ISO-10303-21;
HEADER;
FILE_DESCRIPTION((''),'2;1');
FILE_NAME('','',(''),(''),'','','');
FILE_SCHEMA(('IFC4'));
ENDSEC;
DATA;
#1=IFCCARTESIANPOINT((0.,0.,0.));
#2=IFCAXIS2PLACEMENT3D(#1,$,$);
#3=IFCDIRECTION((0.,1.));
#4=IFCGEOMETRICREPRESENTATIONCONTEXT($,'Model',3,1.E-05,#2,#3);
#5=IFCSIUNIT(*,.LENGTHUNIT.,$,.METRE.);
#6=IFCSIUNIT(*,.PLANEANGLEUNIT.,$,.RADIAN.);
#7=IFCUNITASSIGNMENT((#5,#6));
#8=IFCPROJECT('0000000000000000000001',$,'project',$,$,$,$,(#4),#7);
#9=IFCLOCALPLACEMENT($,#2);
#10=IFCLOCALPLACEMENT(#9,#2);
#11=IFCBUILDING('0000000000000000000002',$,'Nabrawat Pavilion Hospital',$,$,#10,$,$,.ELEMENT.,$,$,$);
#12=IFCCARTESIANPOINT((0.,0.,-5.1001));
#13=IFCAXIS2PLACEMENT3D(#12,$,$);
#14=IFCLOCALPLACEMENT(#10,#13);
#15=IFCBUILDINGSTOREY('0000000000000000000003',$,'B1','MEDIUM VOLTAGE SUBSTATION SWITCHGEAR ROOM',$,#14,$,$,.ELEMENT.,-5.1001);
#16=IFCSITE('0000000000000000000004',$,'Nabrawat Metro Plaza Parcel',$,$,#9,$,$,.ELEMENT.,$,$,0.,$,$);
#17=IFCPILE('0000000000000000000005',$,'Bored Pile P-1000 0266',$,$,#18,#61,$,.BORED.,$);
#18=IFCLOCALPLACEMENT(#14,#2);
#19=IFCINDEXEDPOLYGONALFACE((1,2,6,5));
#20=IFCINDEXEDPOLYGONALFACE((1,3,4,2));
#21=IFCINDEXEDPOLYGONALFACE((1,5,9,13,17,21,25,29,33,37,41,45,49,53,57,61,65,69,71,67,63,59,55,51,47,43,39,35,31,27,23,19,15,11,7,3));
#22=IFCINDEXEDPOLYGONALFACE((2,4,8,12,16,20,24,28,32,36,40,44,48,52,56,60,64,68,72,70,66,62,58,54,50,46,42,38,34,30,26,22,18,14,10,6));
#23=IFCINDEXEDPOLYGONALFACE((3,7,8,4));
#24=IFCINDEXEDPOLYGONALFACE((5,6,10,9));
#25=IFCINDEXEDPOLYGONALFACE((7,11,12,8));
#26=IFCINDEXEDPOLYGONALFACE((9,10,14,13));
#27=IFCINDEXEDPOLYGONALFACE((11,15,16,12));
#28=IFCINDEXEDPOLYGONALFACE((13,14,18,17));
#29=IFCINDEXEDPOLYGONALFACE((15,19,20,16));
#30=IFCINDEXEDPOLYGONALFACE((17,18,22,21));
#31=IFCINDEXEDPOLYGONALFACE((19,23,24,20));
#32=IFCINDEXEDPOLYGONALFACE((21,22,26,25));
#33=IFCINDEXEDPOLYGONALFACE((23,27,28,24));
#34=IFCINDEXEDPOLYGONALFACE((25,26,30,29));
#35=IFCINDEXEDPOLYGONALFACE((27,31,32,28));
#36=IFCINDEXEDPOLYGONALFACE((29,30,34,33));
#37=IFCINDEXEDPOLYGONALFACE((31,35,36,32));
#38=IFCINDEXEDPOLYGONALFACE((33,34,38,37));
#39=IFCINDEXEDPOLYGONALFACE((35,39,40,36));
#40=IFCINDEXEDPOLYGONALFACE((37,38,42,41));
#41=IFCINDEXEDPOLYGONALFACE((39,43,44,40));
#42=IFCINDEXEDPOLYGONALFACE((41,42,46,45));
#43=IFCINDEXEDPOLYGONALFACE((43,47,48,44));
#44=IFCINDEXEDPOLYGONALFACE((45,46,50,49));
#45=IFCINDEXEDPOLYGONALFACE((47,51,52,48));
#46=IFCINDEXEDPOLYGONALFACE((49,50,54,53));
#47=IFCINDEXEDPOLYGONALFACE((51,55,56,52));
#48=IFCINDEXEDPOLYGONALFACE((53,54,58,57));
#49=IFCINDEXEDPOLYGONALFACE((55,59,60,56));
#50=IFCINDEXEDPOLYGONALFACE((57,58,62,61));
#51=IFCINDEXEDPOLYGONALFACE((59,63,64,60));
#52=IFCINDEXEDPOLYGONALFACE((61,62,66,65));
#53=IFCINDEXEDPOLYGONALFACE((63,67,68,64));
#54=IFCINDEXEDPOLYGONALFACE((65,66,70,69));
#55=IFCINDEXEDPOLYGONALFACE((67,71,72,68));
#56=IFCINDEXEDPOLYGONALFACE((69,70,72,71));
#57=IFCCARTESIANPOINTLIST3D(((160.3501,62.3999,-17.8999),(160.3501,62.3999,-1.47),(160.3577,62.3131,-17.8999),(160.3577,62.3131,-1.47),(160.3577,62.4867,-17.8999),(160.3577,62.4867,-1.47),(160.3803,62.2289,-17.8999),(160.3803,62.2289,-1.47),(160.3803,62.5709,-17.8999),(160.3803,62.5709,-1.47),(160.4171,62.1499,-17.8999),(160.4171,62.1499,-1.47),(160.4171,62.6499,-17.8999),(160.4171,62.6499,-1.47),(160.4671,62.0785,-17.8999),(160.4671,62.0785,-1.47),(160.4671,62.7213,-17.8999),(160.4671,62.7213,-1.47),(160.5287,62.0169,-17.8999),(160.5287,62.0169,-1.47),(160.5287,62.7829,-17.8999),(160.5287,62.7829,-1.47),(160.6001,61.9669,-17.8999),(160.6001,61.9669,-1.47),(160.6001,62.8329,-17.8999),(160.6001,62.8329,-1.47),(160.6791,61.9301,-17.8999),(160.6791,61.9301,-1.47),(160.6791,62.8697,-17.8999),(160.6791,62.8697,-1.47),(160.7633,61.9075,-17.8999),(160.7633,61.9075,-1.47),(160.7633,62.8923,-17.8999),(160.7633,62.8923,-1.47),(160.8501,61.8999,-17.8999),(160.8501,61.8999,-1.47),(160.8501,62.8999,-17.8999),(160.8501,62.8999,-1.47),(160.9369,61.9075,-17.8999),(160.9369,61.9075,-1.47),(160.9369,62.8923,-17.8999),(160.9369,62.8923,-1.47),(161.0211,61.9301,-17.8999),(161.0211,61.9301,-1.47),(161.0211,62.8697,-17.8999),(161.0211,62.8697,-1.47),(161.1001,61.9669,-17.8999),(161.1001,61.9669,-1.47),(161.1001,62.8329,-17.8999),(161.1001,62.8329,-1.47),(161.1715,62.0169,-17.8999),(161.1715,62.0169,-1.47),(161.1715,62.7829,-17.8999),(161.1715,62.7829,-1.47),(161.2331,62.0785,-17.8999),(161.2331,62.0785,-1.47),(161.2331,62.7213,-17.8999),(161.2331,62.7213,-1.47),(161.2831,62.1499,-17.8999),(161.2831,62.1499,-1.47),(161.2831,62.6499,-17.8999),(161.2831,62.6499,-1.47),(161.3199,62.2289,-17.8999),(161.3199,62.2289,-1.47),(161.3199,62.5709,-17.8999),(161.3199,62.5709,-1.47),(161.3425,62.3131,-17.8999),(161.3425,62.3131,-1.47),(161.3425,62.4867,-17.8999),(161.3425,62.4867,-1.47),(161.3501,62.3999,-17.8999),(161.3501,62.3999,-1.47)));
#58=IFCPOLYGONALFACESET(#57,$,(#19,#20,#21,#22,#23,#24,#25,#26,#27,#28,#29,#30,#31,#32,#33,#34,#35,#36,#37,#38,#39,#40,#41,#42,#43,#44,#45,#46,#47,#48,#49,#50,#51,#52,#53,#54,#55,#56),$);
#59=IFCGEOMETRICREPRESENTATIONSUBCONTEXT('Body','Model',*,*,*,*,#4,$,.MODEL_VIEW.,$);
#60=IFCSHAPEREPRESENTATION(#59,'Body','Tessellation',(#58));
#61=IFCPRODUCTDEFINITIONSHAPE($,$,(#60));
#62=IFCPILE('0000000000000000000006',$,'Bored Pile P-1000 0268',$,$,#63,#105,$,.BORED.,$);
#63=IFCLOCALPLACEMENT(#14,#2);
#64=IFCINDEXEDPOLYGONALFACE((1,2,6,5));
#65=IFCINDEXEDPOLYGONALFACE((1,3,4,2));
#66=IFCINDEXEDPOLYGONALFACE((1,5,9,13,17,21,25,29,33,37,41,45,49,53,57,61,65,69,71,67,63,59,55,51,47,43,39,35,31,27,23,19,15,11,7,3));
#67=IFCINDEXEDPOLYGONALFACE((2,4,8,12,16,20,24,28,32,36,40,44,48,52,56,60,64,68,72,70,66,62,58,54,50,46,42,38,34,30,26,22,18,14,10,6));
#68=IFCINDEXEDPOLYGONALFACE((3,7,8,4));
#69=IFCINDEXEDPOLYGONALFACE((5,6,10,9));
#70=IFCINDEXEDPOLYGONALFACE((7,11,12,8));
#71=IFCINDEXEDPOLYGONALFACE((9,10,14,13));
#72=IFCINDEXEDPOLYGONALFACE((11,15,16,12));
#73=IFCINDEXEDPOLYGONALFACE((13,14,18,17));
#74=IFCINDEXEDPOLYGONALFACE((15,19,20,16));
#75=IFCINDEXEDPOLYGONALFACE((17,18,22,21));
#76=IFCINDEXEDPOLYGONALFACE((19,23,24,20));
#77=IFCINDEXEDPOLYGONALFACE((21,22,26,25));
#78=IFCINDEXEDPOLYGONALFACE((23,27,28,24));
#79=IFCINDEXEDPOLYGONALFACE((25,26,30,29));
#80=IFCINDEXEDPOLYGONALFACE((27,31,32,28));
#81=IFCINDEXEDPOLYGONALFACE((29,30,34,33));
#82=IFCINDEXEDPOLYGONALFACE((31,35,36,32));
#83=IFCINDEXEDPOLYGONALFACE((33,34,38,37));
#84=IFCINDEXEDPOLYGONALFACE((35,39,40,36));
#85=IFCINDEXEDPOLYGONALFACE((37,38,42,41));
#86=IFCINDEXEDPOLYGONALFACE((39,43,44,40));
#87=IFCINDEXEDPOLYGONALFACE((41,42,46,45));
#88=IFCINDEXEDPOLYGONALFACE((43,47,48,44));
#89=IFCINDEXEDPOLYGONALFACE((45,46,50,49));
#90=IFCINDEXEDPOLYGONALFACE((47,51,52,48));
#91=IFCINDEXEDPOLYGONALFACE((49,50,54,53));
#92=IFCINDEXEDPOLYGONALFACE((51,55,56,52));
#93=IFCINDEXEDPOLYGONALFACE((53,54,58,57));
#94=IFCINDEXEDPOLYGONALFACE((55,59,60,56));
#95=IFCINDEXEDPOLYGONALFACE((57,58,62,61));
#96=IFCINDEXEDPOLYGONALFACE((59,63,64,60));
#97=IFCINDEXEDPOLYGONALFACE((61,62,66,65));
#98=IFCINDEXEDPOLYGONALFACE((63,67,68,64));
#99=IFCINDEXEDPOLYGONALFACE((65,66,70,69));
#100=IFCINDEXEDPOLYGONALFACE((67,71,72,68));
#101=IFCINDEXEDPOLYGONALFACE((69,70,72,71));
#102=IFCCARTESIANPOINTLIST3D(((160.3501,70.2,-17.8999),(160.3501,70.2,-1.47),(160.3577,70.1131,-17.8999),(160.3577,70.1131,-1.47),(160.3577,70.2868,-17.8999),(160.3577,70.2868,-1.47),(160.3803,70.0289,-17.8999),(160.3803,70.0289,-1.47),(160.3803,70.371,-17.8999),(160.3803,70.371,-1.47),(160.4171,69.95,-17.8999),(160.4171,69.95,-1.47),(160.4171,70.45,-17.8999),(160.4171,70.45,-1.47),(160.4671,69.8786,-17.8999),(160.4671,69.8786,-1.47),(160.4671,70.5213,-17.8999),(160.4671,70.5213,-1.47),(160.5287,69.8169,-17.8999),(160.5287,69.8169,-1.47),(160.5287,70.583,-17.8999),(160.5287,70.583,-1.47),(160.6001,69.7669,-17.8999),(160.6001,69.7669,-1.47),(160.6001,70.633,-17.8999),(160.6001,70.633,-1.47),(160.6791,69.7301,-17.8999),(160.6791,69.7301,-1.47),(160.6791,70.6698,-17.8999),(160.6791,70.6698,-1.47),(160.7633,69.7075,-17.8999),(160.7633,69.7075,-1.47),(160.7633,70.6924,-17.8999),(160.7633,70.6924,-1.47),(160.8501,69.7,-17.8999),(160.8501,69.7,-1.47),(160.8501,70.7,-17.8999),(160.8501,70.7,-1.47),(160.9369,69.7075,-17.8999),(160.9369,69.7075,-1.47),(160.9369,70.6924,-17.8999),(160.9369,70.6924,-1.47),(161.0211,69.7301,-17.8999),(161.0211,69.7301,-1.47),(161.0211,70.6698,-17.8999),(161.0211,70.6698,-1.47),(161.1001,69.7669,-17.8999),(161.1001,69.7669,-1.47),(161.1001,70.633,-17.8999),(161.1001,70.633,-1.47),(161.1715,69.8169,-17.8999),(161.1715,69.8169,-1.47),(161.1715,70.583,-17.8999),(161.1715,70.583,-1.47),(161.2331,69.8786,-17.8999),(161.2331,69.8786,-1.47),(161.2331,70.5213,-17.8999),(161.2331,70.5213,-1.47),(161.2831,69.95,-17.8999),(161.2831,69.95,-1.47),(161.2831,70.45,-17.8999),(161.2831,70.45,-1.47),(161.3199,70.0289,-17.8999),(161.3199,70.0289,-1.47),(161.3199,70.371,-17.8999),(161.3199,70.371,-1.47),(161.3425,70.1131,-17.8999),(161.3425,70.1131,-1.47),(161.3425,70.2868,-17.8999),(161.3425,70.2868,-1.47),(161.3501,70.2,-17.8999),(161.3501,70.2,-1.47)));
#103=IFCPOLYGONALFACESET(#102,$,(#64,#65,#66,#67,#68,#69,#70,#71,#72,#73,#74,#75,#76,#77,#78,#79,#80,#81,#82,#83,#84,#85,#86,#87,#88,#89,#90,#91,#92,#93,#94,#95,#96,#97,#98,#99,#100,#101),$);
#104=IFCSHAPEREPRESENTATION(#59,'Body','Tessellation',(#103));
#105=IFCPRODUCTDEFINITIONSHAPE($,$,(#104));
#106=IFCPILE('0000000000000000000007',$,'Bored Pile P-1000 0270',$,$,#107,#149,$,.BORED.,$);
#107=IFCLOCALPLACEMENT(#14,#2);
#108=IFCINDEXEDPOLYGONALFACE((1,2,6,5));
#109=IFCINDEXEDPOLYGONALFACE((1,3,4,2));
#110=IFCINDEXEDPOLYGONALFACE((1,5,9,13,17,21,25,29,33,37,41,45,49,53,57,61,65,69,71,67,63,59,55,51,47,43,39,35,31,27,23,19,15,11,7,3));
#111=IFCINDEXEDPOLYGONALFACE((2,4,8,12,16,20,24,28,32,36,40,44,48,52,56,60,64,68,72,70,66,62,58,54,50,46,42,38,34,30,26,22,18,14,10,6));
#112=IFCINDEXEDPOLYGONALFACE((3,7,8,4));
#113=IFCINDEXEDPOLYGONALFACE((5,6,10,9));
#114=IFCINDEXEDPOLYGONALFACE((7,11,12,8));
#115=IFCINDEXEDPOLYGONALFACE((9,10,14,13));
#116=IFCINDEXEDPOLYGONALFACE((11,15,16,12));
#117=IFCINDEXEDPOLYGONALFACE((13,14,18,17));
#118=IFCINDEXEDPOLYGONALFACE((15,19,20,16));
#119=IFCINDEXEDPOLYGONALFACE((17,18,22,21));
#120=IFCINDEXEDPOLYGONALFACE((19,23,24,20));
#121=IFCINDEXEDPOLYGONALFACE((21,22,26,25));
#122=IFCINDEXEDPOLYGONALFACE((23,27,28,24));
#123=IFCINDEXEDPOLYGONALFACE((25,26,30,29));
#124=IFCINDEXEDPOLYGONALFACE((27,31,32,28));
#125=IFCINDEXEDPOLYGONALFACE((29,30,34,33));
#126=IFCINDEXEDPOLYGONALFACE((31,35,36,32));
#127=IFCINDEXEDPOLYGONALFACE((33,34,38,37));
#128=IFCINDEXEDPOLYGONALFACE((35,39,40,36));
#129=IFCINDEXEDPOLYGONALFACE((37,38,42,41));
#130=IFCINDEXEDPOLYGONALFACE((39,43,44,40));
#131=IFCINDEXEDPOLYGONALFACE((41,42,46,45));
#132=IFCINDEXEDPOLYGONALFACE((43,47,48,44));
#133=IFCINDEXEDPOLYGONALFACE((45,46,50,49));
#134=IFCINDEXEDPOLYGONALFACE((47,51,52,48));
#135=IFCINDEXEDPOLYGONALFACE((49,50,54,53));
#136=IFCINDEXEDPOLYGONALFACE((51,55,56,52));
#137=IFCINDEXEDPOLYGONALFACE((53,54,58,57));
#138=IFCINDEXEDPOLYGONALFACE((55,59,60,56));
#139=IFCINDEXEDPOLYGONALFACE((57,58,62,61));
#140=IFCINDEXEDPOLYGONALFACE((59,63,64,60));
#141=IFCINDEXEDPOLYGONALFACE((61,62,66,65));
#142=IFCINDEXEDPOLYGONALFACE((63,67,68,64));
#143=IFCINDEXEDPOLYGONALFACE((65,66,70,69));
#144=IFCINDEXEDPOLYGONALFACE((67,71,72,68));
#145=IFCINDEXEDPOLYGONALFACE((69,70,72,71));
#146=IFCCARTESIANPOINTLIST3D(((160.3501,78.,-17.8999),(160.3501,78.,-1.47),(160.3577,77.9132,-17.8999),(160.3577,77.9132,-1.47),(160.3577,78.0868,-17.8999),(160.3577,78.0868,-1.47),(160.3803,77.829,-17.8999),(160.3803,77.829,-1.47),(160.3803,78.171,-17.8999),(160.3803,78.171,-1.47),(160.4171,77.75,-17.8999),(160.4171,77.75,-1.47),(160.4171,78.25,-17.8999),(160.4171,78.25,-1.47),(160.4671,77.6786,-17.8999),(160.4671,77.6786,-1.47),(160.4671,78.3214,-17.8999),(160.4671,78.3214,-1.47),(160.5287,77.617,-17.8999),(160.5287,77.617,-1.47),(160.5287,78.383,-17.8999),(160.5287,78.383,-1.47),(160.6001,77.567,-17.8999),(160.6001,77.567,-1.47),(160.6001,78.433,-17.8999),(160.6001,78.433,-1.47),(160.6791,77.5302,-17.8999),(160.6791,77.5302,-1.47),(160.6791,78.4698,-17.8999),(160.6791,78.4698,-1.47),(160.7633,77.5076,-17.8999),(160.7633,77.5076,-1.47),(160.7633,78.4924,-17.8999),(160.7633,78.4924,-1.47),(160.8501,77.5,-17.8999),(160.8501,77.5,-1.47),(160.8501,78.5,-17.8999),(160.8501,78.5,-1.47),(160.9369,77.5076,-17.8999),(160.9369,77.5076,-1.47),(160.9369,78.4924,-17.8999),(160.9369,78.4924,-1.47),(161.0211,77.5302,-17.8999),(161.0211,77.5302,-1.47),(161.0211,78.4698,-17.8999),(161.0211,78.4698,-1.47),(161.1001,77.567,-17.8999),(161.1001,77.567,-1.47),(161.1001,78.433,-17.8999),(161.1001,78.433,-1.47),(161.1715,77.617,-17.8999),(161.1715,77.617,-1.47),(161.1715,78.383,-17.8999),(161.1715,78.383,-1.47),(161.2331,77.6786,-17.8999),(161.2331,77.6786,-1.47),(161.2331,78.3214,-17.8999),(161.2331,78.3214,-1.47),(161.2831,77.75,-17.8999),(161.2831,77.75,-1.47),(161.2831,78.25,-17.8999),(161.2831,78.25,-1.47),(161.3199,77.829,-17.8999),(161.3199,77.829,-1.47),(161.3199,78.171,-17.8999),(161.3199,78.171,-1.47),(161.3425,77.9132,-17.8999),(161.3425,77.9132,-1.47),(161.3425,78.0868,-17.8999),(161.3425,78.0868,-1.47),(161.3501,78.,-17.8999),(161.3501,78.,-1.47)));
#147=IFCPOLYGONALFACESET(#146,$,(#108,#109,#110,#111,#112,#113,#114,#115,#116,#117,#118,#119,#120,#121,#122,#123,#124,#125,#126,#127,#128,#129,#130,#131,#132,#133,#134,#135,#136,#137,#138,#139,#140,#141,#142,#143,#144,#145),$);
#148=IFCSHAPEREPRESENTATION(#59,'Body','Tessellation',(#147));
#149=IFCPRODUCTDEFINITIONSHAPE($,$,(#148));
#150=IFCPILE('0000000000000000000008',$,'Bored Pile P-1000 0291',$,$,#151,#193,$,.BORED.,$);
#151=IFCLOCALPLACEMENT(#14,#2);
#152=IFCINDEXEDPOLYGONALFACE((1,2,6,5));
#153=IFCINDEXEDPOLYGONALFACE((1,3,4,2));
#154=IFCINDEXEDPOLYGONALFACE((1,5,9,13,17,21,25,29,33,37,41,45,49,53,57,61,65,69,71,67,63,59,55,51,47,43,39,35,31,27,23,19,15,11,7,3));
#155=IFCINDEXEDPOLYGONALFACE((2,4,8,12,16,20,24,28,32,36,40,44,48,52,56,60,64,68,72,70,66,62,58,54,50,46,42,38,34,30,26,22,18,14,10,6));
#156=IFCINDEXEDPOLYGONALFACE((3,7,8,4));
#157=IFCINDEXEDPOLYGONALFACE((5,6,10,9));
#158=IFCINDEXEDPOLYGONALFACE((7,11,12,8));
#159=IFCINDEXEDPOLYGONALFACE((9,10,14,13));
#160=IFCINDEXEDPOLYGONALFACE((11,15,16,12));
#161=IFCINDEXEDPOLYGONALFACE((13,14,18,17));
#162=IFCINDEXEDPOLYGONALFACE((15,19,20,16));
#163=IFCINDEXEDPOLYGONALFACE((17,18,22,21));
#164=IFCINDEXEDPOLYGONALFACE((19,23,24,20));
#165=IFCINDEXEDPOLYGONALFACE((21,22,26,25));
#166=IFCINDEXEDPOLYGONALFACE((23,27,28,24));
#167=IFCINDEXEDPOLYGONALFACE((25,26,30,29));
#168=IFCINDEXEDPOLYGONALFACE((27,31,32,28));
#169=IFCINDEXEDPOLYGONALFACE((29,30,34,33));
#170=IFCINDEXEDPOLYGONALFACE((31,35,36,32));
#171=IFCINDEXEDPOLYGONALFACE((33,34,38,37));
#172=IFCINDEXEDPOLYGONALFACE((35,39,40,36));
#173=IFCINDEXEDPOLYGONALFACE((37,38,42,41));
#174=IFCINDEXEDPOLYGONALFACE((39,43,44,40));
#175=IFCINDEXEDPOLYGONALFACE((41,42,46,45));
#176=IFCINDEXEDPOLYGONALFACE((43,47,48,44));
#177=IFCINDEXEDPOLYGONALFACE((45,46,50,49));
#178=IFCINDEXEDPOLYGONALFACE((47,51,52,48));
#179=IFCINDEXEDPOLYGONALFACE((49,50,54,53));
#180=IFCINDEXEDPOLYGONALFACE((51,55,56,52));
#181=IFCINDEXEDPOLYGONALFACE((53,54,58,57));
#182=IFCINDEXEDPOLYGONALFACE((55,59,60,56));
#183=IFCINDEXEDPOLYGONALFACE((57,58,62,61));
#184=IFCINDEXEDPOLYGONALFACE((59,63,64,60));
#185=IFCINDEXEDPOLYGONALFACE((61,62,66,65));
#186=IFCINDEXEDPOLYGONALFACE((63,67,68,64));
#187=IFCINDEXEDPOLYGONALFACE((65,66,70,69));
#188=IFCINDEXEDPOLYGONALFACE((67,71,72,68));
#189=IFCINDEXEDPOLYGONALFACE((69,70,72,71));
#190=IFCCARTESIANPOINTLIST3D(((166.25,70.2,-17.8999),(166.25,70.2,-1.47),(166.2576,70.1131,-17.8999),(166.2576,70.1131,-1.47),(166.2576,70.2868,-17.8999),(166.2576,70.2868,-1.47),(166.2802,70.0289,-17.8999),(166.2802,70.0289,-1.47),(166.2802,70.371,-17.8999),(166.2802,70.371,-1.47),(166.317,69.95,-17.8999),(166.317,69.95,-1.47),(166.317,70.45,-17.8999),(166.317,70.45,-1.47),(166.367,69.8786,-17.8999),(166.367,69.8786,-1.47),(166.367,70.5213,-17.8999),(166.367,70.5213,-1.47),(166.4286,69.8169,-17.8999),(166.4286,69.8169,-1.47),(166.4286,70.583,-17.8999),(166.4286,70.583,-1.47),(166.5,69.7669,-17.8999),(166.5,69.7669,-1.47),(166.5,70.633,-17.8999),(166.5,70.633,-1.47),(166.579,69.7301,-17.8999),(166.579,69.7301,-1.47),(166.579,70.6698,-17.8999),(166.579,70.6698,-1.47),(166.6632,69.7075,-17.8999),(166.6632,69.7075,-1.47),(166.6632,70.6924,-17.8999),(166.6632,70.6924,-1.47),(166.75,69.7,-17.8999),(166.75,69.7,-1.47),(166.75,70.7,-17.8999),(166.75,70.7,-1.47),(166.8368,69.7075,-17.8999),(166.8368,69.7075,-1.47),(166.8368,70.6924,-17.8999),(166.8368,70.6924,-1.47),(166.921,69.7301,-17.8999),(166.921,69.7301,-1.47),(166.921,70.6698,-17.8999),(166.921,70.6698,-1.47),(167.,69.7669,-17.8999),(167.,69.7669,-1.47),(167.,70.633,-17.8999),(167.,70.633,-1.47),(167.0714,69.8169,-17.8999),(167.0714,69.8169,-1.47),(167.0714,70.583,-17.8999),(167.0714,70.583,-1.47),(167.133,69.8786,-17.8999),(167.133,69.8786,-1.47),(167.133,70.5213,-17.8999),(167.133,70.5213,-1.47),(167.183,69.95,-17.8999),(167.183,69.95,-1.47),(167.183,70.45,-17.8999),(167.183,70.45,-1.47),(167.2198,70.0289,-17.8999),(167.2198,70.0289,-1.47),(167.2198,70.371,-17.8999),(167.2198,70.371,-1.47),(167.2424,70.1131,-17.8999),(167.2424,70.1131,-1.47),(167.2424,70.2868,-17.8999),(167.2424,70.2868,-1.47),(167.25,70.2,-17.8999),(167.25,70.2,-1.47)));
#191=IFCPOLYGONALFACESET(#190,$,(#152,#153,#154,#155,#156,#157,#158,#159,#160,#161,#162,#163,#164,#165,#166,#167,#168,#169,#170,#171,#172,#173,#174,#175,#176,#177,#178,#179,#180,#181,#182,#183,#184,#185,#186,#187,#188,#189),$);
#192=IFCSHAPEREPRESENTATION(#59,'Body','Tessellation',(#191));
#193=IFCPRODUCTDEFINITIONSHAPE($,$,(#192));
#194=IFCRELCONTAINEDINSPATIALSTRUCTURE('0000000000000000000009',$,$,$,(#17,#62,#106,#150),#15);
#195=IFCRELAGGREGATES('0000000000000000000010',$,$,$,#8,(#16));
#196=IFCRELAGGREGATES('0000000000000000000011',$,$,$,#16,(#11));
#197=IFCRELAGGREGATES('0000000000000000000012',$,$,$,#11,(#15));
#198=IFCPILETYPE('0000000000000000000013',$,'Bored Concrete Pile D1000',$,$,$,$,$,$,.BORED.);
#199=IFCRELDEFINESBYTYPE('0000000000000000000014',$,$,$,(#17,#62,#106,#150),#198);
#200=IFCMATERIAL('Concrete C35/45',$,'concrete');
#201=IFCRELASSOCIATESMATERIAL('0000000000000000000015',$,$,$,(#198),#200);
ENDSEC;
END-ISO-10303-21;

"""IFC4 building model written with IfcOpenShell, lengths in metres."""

from ifc_helpers import new_model, si_unit, direction, frame, origin, origin_2d, place, context, subcontext, project, spatial, circle, extrude, material, material_profile, profile_set, type_object, element, save


model = new_model("IFC4")

# Units and contexts
model_context = context("Model", 3, precision=1e-05, world=origin(), true_north=direction((0.0, 1.0)))
body_context = subcontext(model_context, "Body", "Model", "MODEL_VIEW")
ifc_project = project(units=[si_unit("LENGTHUNIT", "METRE"), si_unit("PLANEANGLEUNIT", "RADIAN")], contexts=[model_context])

# Site, building, storey
site_placement = place(None, origin())
site = spatial("IfcSite", under=ifc_project, at=site_placement, Name="Nabrawat Metro Plaza Parcel", CompositionType="ELEMENT", RefElevation=0.0)
building_placement = place(site_placement, origin())
building = spatial("IfcBuilding", under=site, at=building_placement, Name="Nabrawat Pavilion Hospital", CompositionType="ELEMENT")
storey_placement = place(building_placement, frame((0.0, 0.0, -5.1001)))
storey = spatial("IfcBuildingStorey", under=building, at=storey_placement, Name="B1", Description="MEDIUM VOLTAGE SUBSTATION SWITCHGEAR ROOM", CompositionType="ELEMENT", Elevation=-5.1001)

# Piles
ifc_material_1 = material(Name="Concrete C35/45", Category="concrete")
ifc_material_profile_1 = material_profile(ifc_material_1, circle(Radius=0.5, at=origin_2d()), Name="DIA 1000")
ifc_profile_set_1 = profile_set([ifc_material_profile_1], Name="Concrete C35/45")
pile_type = type_object("IfcPileType", Name="Bored Concrete Pile D1000", PredefinedType="BORED", material=ifc_profile_set_1)
for number, where, z_axis, x_axis, name in (
    (1, (160.8501, 62.3999, -1.47), (0.0, 0.0, -1.0), (1.0, 0.0, 0.0), "Bored Pile P-1000 0266"),
    (2, (160.8501, 70.2, -1.47), (0.0, 0.0, -1.0), (1.0, 0.0, 0.0), "Bored Pile P-1000 0268"),
    (3, (160.8501, 78.0, -1.47), (0.0, 0.0, -1.0), (1.0, 0.0, 0.0), "Bored Pile P-1000 0270"),
    (4, (166.75, 70.2, -1.47), (0.0, 0.0, -1.0), (1.0, 0.0, 0.0), "Bored Pile P-1000 0291"),
):
    element("IfcPile", number, at=place(storey_placement, frame(where, z_axis=z_axis, x_axis=x_axis)), inside=storey, type_object=pile_type, Name=name, PredefinedType="BORED", context=body_context, shape_type="SweptSolid", body=[
        extrude(circle(Radius=0.5, at=origin_2d()), origin(), (0.0, 0.0, 1.0), 16.4299),
    ])

save(model, "model.ifc")
